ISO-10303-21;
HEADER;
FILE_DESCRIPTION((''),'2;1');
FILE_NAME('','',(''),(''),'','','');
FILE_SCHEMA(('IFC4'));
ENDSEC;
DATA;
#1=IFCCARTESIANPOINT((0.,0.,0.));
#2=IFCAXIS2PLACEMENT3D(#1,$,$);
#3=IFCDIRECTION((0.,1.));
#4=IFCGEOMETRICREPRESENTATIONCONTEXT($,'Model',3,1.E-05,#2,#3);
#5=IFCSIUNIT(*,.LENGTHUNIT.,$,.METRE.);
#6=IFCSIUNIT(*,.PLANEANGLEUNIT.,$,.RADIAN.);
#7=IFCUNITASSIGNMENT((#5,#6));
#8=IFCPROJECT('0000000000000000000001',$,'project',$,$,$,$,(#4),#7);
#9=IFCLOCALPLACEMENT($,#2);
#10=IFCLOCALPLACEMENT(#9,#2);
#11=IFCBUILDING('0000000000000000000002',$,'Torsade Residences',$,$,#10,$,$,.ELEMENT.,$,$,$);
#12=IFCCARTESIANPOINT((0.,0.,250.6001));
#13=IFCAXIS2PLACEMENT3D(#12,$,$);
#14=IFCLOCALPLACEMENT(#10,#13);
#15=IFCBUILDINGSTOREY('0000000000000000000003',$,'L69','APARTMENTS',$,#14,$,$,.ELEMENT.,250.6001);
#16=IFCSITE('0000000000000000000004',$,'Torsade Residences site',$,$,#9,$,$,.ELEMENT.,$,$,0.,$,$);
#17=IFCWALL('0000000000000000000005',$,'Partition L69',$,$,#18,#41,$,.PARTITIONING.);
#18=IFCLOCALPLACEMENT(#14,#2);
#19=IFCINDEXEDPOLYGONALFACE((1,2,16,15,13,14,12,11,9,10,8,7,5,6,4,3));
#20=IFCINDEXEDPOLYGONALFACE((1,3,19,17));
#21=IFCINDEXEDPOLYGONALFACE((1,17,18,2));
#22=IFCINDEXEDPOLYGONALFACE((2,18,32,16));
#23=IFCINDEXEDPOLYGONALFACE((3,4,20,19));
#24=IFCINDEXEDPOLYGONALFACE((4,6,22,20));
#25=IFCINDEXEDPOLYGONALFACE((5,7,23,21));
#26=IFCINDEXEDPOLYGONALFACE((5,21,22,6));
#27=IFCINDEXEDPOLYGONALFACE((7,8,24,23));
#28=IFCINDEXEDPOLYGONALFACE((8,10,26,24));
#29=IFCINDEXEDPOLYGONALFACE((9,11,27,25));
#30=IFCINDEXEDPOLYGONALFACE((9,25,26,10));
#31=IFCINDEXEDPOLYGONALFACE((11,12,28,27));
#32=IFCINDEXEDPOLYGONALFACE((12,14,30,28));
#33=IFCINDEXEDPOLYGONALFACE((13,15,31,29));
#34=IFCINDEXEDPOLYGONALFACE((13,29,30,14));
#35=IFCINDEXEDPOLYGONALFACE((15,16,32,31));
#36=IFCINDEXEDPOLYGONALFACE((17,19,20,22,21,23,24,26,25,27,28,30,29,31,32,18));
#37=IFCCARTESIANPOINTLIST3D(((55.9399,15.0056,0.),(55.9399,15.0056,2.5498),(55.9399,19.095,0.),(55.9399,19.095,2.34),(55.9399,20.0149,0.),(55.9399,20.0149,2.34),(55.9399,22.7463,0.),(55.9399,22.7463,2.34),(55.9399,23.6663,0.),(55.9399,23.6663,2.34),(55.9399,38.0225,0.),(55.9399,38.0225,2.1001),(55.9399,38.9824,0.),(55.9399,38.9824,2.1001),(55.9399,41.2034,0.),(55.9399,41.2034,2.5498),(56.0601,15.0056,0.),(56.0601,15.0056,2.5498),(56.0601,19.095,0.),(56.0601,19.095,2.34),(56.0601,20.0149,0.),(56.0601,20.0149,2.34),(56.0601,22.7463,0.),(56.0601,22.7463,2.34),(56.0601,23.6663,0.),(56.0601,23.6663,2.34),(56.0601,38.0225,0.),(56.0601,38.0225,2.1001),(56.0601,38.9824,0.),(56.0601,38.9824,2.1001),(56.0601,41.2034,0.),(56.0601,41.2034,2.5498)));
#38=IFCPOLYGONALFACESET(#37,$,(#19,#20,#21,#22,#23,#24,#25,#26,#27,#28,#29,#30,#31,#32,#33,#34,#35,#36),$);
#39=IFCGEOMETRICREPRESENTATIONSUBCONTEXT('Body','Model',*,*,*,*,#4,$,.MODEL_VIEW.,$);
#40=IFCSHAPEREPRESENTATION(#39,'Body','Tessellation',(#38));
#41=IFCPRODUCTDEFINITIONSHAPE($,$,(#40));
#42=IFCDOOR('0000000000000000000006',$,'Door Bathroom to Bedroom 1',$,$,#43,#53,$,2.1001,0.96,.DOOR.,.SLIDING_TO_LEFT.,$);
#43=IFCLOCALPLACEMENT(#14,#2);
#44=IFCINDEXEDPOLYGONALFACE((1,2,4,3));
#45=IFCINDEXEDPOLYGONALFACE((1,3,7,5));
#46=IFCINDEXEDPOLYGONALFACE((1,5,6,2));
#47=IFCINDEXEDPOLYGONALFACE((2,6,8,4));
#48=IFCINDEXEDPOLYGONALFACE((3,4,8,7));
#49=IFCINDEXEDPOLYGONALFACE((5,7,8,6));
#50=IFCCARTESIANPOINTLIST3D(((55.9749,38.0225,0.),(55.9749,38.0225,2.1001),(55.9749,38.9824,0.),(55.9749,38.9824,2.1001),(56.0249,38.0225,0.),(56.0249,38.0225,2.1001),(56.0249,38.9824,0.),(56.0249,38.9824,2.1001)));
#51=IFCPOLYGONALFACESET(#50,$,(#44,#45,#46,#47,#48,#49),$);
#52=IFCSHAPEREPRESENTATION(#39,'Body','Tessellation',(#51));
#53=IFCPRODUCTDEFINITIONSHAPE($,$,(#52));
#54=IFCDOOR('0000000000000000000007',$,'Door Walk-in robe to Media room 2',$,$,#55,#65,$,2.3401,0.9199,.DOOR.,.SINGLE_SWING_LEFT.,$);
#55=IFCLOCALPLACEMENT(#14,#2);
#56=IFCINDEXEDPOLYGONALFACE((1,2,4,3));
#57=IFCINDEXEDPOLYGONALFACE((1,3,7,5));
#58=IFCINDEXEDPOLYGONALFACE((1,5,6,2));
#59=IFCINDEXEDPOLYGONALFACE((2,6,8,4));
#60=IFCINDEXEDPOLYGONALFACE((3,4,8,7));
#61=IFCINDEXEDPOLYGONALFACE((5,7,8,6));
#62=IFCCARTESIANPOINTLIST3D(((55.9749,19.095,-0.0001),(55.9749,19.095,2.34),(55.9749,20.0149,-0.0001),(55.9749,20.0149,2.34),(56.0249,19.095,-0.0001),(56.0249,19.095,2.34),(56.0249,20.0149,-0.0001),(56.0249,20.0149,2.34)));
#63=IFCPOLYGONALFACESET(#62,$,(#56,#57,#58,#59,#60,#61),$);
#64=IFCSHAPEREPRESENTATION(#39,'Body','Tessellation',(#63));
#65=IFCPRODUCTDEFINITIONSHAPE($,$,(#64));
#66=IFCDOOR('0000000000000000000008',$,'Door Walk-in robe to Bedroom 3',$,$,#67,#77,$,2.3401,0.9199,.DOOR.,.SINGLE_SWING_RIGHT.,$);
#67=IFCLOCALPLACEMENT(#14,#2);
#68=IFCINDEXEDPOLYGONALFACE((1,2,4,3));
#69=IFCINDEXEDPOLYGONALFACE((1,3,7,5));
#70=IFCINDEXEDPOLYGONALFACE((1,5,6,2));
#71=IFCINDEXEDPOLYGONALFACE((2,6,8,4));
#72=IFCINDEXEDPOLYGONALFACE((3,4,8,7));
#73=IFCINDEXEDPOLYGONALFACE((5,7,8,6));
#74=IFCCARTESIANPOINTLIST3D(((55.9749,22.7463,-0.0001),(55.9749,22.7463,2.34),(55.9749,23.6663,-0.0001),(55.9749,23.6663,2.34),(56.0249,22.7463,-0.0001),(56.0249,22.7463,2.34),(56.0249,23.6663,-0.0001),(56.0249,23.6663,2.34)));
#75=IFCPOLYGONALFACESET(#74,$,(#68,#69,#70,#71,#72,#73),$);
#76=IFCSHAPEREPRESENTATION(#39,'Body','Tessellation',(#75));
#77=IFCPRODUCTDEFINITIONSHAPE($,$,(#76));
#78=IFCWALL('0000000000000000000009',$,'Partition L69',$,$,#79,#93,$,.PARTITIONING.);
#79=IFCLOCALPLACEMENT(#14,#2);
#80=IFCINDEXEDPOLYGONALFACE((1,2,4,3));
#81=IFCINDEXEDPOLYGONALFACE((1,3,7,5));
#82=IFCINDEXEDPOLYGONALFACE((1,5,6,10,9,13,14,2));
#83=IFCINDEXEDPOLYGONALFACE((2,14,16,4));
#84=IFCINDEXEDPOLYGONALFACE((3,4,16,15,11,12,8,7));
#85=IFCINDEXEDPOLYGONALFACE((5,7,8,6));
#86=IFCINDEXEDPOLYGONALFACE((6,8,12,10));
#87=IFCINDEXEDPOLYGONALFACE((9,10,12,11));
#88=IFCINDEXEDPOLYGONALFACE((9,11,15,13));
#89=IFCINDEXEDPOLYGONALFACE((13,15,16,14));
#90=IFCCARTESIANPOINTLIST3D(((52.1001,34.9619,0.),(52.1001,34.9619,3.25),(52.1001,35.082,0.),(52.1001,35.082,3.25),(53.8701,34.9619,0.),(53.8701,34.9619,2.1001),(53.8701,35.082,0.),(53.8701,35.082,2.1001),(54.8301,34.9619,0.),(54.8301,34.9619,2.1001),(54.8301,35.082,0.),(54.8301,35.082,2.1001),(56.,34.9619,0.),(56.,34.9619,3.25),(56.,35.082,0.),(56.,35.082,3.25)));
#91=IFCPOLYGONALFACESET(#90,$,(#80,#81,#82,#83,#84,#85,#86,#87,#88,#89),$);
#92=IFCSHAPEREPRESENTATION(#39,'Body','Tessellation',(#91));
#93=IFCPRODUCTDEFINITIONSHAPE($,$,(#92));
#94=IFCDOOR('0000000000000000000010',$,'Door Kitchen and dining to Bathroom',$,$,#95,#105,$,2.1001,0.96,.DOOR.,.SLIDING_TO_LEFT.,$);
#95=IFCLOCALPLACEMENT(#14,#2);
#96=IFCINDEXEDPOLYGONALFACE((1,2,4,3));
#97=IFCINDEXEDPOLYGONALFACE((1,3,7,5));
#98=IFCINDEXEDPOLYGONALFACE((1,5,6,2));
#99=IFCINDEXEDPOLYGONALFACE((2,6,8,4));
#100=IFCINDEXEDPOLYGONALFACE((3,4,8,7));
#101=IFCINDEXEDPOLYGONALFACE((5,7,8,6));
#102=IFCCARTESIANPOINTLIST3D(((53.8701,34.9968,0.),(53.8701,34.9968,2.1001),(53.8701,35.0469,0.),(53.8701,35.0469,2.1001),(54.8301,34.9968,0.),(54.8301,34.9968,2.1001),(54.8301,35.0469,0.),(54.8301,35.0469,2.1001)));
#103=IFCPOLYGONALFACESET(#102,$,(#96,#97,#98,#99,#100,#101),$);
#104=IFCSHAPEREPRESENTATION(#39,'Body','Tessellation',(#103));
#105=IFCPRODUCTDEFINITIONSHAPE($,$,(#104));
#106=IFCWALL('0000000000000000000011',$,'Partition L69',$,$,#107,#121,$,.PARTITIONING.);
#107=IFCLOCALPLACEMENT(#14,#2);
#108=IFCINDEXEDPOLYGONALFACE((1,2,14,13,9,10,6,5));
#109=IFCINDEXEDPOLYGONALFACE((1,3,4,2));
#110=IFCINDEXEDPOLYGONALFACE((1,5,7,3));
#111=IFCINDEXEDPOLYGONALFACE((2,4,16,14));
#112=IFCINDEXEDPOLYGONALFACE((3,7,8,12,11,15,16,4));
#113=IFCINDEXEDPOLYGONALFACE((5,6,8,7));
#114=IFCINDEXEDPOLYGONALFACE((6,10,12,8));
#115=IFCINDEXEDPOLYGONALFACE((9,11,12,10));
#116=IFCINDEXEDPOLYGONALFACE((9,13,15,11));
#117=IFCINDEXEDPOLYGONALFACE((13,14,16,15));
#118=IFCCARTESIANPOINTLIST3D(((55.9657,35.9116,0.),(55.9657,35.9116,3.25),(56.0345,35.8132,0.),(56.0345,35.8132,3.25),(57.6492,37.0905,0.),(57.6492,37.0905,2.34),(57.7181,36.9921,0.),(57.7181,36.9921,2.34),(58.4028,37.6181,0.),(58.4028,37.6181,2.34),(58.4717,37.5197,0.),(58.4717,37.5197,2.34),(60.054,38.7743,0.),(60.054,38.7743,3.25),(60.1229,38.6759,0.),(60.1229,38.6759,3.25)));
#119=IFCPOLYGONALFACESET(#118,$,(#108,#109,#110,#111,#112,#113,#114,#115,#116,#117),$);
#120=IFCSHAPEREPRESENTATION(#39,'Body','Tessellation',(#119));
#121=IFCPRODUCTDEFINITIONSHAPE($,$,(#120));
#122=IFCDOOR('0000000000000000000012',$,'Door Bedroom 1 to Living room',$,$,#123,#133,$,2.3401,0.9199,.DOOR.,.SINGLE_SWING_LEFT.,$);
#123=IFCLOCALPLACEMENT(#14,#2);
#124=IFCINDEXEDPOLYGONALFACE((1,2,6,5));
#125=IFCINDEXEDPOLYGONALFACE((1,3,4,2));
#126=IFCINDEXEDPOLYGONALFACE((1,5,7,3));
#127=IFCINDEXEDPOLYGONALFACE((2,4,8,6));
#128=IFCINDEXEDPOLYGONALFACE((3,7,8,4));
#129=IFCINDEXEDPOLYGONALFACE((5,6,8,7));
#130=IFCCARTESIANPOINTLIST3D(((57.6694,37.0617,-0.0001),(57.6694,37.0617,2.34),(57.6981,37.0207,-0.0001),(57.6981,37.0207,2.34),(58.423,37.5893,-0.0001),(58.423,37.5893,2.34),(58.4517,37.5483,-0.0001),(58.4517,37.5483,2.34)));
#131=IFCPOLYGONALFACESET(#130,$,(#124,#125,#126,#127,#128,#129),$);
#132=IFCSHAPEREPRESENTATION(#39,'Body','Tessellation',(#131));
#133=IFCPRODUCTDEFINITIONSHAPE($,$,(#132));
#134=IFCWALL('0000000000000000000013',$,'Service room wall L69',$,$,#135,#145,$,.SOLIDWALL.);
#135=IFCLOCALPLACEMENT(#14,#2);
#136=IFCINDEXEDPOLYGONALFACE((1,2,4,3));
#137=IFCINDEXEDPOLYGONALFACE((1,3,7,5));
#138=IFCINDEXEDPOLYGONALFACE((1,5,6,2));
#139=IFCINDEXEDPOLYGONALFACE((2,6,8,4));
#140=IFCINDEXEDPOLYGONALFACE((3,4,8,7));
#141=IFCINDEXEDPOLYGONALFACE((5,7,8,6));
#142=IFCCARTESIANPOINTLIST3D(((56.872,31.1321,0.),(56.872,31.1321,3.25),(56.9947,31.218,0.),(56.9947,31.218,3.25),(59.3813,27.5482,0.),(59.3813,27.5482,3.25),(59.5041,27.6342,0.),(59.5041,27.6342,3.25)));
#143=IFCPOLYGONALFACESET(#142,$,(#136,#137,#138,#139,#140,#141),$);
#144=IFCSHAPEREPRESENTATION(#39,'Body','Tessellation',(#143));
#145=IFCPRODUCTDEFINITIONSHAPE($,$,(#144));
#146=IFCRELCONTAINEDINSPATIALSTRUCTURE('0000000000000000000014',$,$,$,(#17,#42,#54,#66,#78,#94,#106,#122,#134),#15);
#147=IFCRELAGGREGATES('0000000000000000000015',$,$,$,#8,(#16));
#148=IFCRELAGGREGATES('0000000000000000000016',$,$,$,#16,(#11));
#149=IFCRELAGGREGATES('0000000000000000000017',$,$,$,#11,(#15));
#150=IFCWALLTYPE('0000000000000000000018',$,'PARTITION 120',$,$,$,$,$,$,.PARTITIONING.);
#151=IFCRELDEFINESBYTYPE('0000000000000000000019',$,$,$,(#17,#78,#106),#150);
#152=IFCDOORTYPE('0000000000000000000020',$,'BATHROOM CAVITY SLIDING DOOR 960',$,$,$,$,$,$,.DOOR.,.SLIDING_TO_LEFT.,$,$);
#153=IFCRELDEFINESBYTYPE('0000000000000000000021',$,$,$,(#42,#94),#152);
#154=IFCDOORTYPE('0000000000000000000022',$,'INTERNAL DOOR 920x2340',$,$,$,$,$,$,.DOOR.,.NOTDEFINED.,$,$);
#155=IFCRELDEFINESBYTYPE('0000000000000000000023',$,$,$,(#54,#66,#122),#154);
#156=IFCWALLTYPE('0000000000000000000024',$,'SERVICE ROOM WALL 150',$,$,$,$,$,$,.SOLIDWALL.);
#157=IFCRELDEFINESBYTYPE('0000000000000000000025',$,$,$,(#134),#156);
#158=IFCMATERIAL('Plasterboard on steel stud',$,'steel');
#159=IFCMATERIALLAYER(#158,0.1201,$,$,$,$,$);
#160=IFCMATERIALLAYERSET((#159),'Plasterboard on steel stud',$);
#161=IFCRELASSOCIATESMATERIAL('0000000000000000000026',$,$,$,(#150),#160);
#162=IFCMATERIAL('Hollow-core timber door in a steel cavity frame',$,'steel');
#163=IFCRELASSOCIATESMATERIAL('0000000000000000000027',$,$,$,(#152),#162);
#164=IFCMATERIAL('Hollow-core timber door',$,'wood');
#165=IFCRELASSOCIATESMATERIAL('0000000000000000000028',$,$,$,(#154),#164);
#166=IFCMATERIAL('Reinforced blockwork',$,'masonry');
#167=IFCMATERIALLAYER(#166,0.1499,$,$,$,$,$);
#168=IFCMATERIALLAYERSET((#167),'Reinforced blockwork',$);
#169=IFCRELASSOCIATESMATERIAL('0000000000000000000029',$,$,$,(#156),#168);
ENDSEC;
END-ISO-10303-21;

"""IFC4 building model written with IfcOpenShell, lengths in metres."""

from ifc_helpers import new_model, si_unit, direction, frame, frame_2d, origin, place, context, subcontext, project, spatial, rectangle, extrude, material, layer, layer_set, type_object, element, fill, save


model = new_model("IFC4")

# Units and contexts
model_context = context("Model", 3, precision=1e-05, world=origin(), true_north=direction((0.0, 1.0)))
body_context = subcontext(model_context, "Body", "Model", "MODEL_VIEW")
ifc_project = project(units=[si_unit("LENGTHUNIT", "METRE"), si_unit("PLANEANGLEUNIT", "RADIAN")], contexts=[model_context])

# Site, building, storey
site_placement = place(None, origin())
site = spatial("IfcSite", under=ifc_project, at=site_placement, Name="Torsade Residences site", CompositionType="ELEMENT", RefElevation=0.0)
building_placement = place(site_placement, origin())
building = spatial("IfcBuilding", under=site, at=building_placement, Name="Torsade Residences", CompositionType="ELEMENT")
storey_placement = place(building_placement, frame((0.0, 0.0, 250.6001)))
storey = spatial("IfcBuildingStorey", under=building, at=storey_placement, Name="L69", Description="APARTMENTS", CompositionType="ELEMENT", Elevation=250.6001)

# Wall, openings, doors
ifc_material_1 = material(Name="Plasterboard on steel stud", Category="steel")
ifc_layer_1 = layer(ifc_material_1, 0.1201)
ifc_layer_set_1 = layer_set([ifc_layer_1], Name="Plasterboard on steel stud")
wall_type_1 = type_object("IfcWallType", Name="PARTITION 120", PredefinedType="PARTITIONING", material=ifc_layer_set_1)
wall_1_placement = place(storey_placement, frame((56.0, 41.2034, 0.0), z_axis=(0.0, 0.0, 1.0), x_axis=(0.0, -1.0, 0.0)))
wall_1 = element("IfcWall", 1, at=wall_1_placement, inside=storey, type_object=wall_type_1, Name="Partition L69", PredefinedType="PARTITIONING", context=body_context, shape_type="SweptSolid", body=[
    extrude(rectangle(XDim=26.1978, YDim=0.1201, at=frame_2d((13.0989, 0.0))), origin(), (0.0, 0.0, 1.0), 2.5498),
])
opening_1_placement = place(wall_1_placement, frame((21.1885, 0.0, 0.0)))
opening_1 = element("IfcOpeningElement", 2, at=opening_1_placement, cuts=wall_1, PredefinedType="OPENING", context=body_context, shape_type="SweptSolid", body=[
    extrude(rectangle(XDim=0.9199, YDim=2.3401, at=frame_2d((0.46, 1.1699))), frame((0.0, 0.0701, 0.0), z_axis=(0.0, -1.0, 0.0), x_axis=(1.0, 0.0, 0.0)), (0.0, 0.0, 1.0), 0.1401),
])
opening_2_placement = place(wall_1_placement, frame((17.5371, 0.0, 0.0)))
opening_2 = element("IfcOpeningElement", 3, at=opening_2_placement, cuts=wall_1, PredefinedType="OPENING", context=body_context, shape_type="SweptSolid", body=[
    extrude(rectangle(XDim=0.9199, YDim=2.3401, at=frame_2d((0.46, 1.1699))), frame((0.0, 0.0701, 0.0), z_axis=(0.0, -1.0, 0.0), x_axis=(1.0, 0.0, 0.0)), (0.0, 0.0, 1.0), 0.1401),
])
opening_3_placement = place(wall_1_placement, frame((2.2209, 0.0, 0.0)))
opening_3 = element("IfcOpeningElement", 4, at=opening_3_placement, cuts=wall_1, PredefinedType="OPENING", context=body_context, shape_type="SweptSolid", body=[
    extrude(rectangle(XDim=0.96, YDim=2.1001, at=frame_2d((0.48, 1.05))), frame((0.0, 0.0701, 0.0), z_axis=(0.0, -1.0, 0.0), x_axis=(1.0, 0.0, 0.0)), (0.0, 0.0, 1.0), 0.1401),
])
ifc_material_2 = material(Name="Hollow-core timber door in a steel cavity frame", Category="steel")
door_type_1 = type_object("IfcDoorType", Name="BATHROOM CAVITY SLIDING DOOR 960", OperationType="SLIDING_TO_LEFT", PredefinedType="DOOR", material=ifc_material_2)
door_1_placement = place(opening_3_placement, origin())
door_1 = element("IfcDoor", 5, at=door_1_placement, inside=storey, type_object=door_type_1, Name="Door Bathroom to Bedroom 1", OperationType="SLIDING_TO_LEFT", OverallHeight=2.1001, OverallWidth=0.96, PredefinedType="DOOR", context=body_context, shape_type="SweptSolid", body=[
    extrude(rectangle(XDim=0.96, YDim=2.1001, at=frame_2d((0.48, 1.05))), frame((0.0, 0.0249, 0.0), z_axis=(0.0, -1.0, 0.0), x_axis=(1.0, 0.0, 0.0)), (0.0, 0.0, 1.0), 0.05),
])
fill(opening_3, door_1)
ifc_material_3 = material(Name="Hollow-core timber door", Category="wood")
door_type_2 = type_object("IfcDoorType", Name="INTERNAL DOOR 920x2340", OperationType="NOTDEFINED", PredefinedType="DOOR", material=ifc_material_3)
door_2_placement = place(opening_1_placement, origin())
door_2 = element("IfcDoor", 6, at=door_2_placement, inside=storey, type_object=door_type_2, Name="Door Walk-in robe to Media room 2", OperationType="SINGLE_SWING_LEFT", OverallHeight=2.3401, OverallWidth=0.9199, PredefinedType="DOOR", context=body_context, shape_type="SweptSolid", body=[
    extrude(rectangle(XDim=0.9199, YDim=2.3401, at=frame_2d((0.46, 1.1699))), frame((0.0, 0.0249, 0.0), z_axis=(0.0, -1.0, 0.0), x_axis=(1.0, 0.0, 0.0)), (0.0, 0.0, 1.0), 0.05),
])
fill(opening_1, door_2)
door_3_placement = place(opening_2_placement, origin())
door_3 = element("IfcDoor", 7, at=door_3_placement, inside=storey, type_object=door_type_2, Name="Door Walk-in robe to Bedroom 3", OperationType="SINGLE_SWING_RIGHT", OverallHeight=2.3401, OverallWidth=0.9199, PredefinedType="DOOR", context=body_context, shape_type="SweptSolid", body=[
    extrude(rectangle(XDim=0.9199, YDim=2.3401, at=frame_2d((0.46, 1.1699))), frame((0.0, 0.0249, 0.0), z_axis=(0.0, -1.0, 0.0), x_axis=(1.0, 0.0, 0.0)), (0.0, 0.0, 1.0), 0.05),
])
fill(opening_2, door_3)

# Walls, openings, doors
wall_2_placement = place(storey_placement, frame((52.1001, 35.022, 0.0), z_axis=(0.0, 0.0, 1.0), x_axis=(1.0, 0.0, 0.0)))
wall_2 = element("IfcWall", 8, at=wall_2_placement, inside=storey, type_object=wall_type_1, Name="Partition L69", PredefinedType="PARTITIONING", context=body_context, shape_type="SweptSolid", body=[
    extrude(rectangle(XDim=3.8999, YDim=0.1201, at=frame_2d((1.95, 0.0))), origin(), (0.0, 0.0, 1.0), 3.25),
])
opening_4_placement = place(wall_2_placement, frame((1.77, 0.0, 0.0)))
opening_4 = element("IfcOpeningElement", 9, at=opening_4_placement, cuts=wall_2, PredefinedType="OPENING", context=body_context, shape_type="SweptSolid", body=[
    extrude(rectangle(XDim=0.96, YDim=2.1001, at=frame_2d((0.48, 1.05))), frame((0.0, 0.0701, 0.0), z_axis=(0.0, -1.0, 0.0), x_axis=(1.0, 0.0, 0.0)), (0.0, 0.0, 1.0), 0.1401),
])
door_4_placement = place(opening_4_placement, origin())
door_4 = element("IfcDoor", 10, at=door_4_placement, inside=storey, type_object=door_type_1, Name="Door Kitchen and dining to Bathroom", OperationType="SLIDING_TO_LEFT", OverallHeight=2.1001, OverallWidth=0.96, PredefinedType="DOOR", context=body_context, shape_type="SweptSolid", body=[
    extrude(rectangle(XDim=0.96, YDim=2.1001, at=frame_2d((0.48, 1.05))), frame((0.0, 0.0249, 0.0), z_axis=(0.0, -1.0, 0.0), x_axis=(1.0, 0.0, 0.0)), (0.0, 0.0, 1.0), 0.05),
])
fill(opening_4, door_4)
wall_3_placement = place(storey_placement, frame((56.0, 35.8623, 0.0), z_axis=(0.0, 0.0, 1.0), x_axis=(0.819145, 0.573587, 0.0)))
wall_3 = element("IfcWall", 11, at=wall_3_placement, inside=storey, type_object=wall_type_1, Name="Partition L69", PredefinedType="PARTITIONING", context=body_context, shape_type="SweptSolid", body=[
    extrude(rectangle(XDim=4.991, YDim=0.1201, at=frame_2d((2.4956, 0.0))), origin(), (0.0, 0.0, 1.0), 3.25),
])
opening_5_placement = place(wall_3_placement, frame((2.0554, 0.0, 0.0)))
opening_5 = element("IfcOpeningElement", 12, at=opening_5_placement, cuts=wall_3, PredefinedType="OPENING", context=body_context, shape_type="SweptSolid", body=[
    extrude(rectangle(XDim=0.9199, YDim=2.3401, at=frame_2d((0.46, 1.1699))), frame((0.0, 0.0701, 0.0), z_axis=(0.0, -1.0, 0.0), x_axis=(1.0, 0.0, 0.0)), (0.0, 0.0, 1.0), 0.1401),
])
door_5_placement = place(opening_5_placement, origin())
door_5 = element("IfcDoor", 13, at=door_5_placement, inside=storey, type_object=door_type_2, Name="Door Bedroom 1 to Living room", OperationType="SINGLE_SWING_LEFT", OverallHeight=2.3401, OverallWidth=0.9199, PredefinedType="DOOR", context=body_context, shape_type="SweptSolid", body=[
    extrude(rectangle(XDim=0.9199, YDim=2.3401, at=frame_2d((0.46, 1.1699))), frame((0.0, 0.0249, 0.0), z_axis=(0.0, -1.0, 0.0), x_axis=(1.0, 0.0, 0.0)), (0.0, 0.0, 1.0), 0.05),
])
fill(opening_5, door_5)

# Wall
ifc_material_4 = material(Name="Reinforced blockwork", Category="masonry")
ifc_layer_2 = layer(ifc_material_4, 0.1499)
ifc_layer_set_2 = layer_set([ifc_layer_2], Name="Reinforced blockwork")
wall_type_2 = type_object("IfcWallType", Name="SERVICE ROOM WALL 150", PredefinedType="SOLIDWALL", material=ifc_layer_set_2)
wall_4_placement = place(storey_placement, frame((56.9333, 31.175, 0.0), z_axis=(0.0, 0.0, 1.0), x_axis=(0.573563, -0.819161, 0.0)))
element("IfcWall", 14, at=wall_4_placement, inside=storey, type_object=wall_type_2, Name="Service room wall L69", PredefinedType="SOLIDWALL", context=body_context, shape_type="SweptSolid", body=[
    extrude(rectangle(XDim=4.375, YDim=0.1499, at=frame_2d((2.1875, 0.0))), origin(), (0.0, 0.0, 1.0), 3.25),
])

save(model, "model.ifc")
